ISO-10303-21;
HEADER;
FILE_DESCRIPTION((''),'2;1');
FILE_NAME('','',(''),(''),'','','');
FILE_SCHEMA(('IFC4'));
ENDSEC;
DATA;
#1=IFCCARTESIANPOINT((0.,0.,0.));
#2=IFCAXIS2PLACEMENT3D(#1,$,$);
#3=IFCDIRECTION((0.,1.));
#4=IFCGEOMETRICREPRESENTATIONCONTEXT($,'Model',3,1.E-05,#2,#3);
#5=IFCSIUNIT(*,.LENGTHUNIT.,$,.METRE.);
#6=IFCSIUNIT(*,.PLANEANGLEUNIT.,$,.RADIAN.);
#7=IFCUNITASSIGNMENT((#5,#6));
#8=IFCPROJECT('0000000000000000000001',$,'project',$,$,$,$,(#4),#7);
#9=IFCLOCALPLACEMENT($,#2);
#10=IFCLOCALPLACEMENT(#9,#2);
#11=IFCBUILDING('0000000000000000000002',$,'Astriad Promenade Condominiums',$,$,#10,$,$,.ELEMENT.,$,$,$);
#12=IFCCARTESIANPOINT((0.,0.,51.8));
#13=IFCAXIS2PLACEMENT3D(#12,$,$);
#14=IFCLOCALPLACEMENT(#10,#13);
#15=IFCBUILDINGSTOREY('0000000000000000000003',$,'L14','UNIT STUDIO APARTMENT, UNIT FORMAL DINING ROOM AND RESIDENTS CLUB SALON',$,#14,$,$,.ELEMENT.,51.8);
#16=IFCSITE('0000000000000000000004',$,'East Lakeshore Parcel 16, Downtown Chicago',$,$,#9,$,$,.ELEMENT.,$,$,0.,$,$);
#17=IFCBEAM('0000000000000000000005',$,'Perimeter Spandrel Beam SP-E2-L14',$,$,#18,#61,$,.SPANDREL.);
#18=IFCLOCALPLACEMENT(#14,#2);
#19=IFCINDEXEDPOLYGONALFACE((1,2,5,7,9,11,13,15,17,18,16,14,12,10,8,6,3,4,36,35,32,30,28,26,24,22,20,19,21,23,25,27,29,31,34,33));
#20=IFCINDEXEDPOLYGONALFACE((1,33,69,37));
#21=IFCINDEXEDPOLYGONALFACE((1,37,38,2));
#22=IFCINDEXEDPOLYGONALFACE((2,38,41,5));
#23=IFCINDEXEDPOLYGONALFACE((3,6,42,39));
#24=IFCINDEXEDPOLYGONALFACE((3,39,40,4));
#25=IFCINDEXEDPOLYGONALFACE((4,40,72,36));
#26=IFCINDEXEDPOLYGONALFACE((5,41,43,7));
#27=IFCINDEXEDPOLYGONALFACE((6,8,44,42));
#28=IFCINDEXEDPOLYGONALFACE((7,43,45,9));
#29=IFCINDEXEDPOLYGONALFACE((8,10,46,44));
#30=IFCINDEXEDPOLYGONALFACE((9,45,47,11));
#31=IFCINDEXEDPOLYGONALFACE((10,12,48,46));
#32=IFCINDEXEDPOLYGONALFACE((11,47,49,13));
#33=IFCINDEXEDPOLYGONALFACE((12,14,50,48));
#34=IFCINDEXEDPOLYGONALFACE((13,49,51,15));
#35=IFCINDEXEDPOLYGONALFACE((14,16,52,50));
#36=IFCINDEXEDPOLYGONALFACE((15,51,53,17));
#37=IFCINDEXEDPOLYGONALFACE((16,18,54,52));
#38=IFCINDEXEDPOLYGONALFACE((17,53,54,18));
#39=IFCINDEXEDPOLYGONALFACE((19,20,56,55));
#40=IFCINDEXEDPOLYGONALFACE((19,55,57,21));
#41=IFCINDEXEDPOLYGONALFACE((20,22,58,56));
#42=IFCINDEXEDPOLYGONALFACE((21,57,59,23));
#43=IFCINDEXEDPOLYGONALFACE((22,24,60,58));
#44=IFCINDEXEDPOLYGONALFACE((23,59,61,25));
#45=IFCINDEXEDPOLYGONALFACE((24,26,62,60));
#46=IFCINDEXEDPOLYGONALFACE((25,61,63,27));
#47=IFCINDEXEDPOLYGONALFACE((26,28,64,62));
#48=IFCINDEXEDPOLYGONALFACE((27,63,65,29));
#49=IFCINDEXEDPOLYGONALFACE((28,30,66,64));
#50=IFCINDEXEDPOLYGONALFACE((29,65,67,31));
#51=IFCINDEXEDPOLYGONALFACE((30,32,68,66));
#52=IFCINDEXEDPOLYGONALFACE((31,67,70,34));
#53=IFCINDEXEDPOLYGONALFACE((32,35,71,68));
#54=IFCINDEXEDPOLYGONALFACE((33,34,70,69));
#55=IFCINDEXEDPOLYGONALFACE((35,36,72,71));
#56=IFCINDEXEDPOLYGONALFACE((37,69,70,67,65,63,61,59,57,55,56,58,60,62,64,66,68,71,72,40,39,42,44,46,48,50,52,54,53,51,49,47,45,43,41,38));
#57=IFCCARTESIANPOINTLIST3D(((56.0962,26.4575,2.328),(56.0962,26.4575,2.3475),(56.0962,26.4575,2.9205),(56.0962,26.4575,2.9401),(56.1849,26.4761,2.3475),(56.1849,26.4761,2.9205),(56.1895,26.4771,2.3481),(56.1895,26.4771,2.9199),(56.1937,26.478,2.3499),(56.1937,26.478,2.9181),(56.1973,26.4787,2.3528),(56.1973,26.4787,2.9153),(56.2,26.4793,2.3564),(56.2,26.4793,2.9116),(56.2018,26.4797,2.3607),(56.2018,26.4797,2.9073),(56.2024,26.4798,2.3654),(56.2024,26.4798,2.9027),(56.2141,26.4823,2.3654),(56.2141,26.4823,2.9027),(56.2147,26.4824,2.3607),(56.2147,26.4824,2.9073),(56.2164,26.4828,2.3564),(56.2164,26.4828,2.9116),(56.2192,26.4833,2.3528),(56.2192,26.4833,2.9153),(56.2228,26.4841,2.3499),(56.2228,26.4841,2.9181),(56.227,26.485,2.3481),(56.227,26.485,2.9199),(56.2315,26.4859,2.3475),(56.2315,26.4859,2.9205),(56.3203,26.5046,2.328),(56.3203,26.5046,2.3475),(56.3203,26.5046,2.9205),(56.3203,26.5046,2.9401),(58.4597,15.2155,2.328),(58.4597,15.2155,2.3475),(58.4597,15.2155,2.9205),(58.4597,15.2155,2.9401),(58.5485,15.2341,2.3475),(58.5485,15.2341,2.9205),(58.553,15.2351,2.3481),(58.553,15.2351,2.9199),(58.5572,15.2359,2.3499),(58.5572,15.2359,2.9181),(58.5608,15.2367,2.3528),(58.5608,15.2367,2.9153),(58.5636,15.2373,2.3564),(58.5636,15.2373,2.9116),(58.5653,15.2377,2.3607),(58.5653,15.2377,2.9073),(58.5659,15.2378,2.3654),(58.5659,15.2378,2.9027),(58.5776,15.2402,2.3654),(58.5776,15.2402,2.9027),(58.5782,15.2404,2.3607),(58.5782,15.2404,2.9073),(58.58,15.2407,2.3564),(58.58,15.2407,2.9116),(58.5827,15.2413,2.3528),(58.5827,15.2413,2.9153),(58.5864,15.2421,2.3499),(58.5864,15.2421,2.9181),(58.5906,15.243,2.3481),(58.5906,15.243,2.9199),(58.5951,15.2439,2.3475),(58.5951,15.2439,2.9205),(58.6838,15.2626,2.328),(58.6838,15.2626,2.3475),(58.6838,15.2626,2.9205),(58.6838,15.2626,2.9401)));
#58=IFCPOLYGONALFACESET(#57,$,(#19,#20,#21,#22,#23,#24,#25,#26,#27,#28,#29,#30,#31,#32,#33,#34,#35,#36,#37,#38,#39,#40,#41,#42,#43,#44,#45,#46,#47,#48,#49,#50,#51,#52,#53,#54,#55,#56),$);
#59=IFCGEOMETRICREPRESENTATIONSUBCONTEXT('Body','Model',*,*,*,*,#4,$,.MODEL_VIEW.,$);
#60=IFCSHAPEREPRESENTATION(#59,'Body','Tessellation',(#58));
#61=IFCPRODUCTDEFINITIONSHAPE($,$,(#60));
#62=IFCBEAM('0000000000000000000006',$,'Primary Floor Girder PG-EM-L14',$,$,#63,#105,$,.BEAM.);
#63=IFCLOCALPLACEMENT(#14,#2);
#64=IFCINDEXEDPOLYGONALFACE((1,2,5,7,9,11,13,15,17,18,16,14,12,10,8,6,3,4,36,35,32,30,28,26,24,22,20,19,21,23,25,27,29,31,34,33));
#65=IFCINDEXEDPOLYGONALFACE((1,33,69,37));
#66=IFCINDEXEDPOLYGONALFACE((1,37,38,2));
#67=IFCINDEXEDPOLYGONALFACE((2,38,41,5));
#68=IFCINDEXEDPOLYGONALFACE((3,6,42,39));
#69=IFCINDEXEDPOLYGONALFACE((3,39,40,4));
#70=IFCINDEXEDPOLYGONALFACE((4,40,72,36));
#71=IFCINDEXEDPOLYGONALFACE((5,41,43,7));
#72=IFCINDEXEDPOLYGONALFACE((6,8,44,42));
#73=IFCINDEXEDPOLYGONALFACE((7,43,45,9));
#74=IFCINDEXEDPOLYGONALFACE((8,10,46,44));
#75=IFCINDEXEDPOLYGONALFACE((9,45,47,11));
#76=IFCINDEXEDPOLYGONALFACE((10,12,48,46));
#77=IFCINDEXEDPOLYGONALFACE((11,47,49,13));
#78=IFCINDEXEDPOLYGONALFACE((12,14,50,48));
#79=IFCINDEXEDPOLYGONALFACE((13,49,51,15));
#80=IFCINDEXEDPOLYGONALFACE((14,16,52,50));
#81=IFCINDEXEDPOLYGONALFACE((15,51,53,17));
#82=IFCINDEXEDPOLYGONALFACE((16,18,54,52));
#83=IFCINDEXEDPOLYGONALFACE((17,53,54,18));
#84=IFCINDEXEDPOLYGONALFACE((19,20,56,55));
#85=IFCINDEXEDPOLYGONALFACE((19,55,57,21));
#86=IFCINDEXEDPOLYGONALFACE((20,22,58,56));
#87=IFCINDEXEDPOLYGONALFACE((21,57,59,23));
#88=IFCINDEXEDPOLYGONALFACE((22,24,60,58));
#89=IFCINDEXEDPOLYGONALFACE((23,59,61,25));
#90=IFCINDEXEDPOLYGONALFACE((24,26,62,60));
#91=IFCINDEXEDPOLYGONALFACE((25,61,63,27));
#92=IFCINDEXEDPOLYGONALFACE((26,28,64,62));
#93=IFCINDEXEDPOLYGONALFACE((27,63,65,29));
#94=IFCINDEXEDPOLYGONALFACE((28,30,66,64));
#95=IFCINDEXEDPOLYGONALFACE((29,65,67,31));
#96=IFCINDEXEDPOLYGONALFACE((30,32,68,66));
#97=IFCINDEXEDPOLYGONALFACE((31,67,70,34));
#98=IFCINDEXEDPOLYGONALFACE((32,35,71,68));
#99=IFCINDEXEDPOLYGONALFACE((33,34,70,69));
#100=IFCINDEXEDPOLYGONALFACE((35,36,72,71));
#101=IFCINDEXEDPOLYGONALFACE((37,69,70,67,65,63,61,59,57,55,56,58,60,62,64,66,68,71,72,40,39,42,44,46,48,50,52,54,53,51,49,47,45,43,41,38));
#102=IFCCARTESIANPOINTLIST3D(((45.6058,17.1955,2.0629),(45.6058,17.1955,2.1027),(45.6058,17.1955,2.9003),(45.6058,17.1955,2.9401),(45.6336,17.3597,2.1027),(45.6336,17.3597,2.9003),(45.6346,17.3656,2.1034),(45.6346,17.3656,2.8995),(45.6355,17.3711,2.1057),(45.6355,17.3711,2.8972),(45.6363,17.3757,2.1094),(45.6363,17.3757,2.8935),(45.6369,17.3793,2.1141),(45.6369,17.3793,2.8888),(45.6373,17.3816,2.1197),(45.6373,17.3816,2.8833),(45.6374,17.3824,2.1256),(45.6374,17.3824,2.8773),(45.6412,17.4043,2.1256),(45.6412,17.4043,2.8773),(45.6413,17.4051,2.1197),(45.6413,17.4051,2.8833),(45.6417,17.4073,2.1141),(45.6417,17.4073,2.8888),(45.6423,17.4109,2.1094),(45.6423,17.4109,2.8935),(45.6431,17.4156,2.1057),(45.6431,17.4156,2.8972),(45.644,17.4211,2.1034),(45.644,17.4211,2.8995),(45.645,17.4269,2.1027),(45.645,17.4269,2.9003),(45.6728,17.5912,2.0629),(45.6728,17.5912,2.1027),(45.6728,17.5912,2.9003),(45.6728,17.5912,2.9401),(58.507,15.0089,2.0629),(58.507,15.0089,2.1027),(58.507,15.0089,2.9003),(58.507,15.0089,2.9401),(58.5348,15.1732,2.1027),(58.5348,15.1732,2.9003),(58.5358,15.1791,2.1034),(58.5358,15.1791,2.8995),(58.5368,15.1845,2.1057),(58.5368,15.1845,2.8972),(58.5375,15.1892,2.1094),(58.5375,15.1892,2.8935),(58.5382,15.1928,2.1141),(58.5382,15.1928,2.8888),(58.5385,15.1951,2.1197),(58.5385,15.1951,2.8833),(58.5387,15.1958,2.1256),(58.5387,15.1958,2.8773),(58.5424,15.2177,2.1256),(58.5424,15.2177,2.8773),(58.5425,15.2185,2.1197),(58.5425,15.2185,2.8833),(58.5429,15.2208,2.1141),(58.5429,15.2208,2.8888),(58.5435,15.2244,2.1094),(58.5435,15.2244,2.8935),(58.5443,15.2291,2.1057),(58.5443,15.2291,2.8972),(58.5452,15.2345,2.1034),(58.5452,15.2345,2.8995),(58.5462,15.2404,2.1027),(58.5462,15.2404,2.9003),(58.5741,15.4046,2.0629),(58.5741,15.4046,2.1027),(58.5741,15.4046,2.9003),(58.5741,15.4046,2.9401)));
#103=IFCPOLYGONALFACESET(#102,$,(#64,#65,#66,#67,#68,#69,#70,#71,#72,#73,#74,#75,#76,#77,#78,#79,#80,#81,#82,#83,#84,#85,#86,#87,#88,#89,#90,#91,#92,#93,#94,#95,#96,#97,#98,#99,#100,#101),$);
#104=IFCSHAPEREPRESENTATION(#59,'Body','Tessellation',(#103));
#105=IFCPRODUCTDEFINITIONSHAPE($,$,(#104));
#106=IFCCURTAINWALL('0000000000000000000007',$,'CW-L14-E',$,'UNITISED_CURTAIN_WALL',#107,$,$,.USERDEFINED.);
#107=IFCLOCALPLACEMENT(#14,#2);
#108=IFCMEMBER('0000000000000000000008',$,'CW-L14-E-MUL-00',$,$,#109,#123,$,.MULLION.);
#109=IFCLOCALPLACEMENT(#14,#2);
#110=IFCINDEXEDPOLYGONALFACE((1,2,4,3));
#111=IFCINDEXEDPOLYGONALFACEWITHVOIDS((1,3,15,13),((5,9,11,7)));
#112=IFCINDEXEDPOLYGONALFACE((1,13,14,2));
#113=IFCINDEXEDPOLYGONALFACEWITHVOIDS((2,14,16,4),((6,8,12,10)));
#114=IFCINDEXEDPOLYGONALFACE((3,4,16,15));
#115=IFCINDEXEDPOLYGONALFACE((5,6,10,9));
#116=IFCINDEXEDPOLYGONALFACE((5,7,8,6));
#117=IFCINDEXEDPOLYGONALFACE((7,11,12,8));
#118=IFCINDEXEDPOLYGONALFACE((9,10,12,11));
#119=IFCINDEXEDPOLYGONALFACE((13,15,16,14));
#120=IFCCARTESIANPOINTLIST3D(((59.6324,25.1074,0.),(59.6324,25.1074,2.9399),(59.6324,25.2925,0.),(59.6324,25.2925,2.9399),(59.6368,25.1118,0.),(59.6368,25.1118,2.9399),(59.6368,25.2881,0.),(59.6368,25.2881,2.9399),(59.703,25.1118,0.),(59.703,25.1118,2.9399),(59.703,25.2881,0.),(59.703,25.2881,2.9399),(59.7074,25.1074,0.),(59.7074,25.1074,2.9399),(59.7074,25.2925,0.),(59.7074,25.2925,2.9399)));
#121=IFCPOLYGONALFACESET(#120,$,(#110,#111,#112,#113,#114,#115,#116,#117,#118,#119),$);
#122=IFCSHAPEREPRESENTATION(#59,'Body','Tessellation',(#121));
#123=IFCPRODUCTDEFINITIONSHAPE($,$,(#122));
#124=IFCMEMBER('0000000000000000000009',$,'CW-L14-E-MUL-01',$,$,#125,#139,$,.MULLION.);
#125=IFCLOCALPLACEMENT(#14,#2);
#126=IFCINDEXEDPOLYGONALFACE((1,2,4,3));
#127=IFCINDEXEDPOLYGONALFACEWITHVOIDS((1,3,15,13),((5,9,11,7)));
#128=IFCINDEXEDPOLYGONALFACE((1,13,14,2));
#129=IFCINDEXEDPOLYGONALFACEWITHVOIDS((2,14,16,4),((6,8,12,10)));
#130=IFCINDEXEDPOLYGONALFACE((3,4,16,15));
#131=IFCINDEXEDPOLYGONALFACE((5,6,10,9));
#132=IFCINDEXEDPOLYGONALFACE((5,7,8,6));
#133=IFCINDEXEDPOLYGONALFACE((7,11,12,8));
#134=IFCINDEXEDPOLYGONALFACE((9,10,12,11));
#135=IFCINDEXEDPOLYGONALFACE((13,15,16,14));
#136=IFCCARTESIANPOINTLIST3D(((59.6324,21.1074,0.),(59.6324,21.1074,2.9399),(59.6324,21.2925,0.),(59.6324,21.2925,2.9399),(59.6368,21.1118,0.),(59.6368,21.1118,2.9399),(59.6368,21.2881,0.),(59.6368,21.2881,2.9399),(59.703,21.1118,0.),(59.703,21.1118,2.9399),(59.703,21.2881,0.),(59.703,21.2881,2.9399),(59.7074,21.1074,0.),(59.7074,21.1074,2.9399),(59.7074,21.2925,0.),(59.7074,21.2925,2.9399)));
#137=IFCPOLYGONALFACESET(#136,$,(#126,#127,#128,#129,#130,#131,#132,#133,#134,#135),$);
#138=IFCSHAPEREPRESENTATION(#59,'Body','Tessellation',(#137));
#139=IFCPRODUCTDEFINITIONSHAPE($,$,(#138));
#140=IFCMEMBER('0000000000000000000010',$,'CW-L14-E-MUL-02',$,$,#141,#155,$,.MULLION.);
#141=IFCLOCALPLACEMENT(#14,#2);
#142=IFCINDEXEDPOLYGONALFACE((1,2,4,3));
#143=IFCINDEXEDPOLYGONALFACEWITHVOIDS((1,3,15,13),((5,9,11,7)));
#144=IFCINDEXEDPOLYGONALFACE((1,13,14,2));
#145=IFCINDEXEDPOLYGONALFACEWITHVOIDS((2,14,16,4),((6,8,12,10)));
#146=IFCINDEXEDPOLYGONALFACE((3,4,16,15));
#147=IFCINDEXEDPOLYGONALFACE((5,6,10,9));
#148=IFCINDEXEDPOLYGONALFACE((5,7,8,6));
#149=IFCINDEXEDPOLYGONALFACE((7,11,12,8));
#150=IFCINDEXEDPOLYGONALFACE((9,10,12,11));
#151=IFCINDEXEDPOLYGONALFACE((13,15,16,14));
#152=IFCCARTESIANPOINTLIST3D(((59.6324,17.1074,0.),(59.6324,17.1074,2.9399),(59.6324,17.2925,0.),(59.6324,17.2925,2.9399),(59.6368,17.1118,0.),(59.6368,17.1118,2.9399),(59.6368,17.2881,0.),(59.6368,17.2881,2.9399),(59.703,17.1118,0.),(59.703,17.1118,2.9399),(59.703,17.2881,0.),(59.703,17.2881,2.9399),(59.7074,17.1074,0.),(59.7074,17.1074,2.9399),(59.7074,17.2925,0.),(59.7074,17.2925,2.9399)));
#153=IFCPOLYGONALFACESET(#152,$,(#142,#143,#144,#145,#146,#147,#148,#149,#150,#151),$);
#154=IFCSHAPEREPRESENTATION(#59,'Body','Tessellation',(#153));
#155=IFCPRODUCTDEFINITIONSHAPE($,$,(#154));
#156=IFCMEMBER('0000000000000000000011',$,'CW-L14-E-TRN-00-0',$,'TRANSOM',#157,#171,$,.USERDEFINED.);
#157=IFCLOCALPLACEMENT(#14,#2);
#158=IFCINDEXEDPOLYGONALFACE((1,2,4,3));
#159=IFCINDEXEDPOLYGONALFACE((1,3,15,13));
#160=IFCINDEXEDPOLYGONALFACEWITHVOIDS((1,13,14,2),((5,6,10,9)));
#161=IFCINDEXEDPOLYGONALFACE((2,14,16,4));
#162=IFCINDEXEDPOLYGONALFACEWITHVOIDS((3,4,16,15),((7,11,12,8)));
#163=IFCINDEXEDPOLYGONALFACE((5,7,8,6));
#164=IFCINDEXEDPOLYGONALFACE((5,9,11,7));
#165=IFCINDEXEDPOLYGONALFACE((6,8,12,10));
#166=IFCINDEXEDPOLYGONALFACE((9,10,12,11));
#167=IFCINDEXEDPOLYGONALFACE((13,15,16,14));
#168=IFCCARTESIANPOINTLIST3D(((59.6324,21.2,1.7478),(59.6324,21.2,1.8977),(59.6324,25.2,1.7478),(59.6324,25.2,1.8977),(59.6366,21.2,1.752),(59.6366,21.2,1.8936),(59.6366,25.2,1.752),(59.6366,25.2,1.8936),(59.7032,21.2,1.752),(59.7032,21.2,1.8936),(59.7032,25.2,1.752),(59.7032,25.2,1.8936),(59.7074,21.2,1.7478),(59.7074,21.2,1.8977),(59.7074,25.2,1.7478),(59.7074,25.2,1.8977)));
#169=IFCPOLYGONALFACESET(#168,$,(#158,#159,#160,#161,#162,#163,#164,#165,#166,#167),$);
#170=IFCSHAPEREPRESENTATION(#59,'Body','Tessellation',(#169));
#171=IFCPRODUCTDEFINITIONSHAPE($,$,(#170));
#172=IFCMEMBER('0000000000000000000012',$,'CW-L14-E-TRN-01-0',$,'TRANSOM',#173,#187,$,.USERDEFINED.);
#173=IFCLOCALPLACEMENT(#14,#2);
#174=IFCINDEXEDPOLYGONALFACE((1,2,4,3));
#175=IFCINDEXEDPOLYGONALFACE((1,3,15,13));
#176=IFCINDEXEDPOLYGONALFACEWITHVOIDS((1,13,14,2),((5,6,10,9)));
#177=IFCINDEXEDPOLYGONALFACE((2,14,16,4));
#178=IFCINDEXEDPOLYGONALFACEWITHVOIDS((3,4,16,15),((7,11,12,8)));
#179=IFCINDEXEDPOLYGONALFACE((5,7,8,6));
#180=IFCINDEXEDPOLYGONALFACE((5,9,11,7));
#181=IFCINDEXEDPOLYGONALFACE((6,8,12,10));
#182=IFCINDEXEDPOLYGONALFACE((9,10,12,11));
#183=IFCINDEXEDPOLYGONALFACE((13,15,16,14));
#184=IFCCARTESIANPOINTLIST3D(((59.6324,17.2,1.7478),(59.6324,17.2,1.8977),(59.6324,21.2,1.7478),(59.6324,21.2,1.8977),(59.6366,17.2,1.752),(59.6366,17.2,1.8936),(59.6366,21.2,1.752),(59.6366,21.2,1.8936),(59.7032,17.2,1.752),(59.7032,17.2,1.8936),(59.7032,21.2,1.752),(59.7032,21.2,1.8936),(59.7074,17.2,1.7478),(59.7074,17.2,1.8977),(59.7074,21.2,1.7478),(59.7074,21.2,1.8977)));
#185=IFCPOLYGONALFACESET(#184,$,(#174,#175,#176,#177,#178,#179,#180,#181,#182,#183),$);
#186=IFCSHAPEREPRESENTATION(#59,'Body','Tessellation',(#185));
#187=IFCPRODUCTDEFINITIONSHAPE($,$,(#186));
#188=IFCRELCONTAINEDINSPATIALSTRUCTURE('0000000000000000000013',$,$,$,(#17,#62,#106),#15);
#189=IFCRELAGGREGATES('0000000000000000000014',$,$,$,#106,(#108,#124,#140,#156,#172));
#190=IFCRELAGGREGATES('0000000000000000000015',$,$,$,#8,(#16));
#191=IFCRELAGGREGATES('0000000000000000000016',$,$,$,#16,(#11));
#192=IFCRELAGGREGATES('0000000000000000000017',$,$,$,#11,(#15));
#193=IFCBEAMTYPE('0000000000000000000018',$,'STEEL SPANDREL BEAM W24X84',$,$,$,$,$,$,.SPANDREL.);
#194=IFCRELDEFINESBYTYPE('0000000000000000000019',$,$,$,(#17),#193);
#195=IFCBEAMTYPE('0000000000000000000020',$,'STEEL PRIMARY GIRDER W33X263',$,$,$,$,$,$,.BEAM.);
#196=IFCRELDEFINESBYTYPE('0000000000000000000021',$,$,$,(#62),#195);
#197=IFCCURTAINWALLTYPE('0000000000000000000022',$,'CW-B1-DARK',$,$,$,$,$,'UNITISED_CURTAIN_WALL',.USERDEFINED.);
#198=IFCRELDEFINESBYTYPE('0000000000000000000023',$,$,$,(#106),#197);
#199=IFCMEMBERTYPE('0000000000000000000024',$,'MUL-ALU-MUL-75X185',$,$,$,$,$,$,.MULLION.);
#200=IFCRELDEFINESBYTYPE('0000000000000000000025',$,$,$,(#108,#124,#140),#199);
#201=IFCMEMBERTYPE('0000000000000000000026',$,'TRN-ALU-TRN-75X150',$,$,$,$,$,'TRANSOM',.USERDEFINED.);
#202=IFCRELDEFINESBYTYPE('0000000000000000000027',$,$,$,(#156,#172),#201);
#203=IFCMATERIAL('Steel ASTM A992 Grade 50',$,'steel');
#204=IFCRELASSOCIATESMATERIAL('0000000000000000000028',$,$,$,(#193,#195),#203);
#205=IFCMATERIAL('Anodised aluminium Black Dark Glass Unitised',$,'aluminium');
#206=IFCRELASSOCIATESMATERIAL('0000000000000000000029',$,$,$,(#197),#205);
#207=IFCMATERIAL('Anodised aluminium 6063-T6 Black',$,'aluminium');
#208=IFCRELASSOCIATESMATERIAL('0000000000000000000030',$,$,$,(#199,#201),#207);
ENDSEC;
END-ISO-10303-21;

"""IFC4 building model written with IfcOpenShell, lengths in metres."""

from ifc_helpers import new_model, si_unit, direction, frame, origin, origin_2d, place, context, subcontext, project, spatial, hollow_rectangle, i_section, extrude, source, transform, mapped, material, material_profile, profile_set, type_object, type_shapes, element, aggregate, save


model = new_model("IFC4")

# Units and contexts
model_context = context("Model", 3, precision=1e-05, world=origin(), true_north=direction((0.0, 1.0)))
body_context = subcontext(model_context, "Body", "Model", "MODEL_VIEW")
ifc_project = project(units=[si_unit("LENGTHUNIT", "METRE"), si_unit("PLANEANGLEUNIT", "RADIAN")], contexts=[model_context])

# Site, building, storey
site_placement = place(None, origin())
site = spatial("IfcSite", under=ifc_project, at=site_placement, Name="East Lakeshore Parcel 16, Downtown Chicago", CompositionType="ELEMENT", RefElevation=0.0)
building_placement = place(site_placement, origin())
building = spatial("IfcBuilding", under=site, at=building_placement, Name="Astriad Promenade Condominiums", CompositionType="ELEMENT")
storey_placement = place(building_placement, frame((0.0, 0.0, 51.8)))
storey = spatial("IfcBuildingStorey", under=building, at=storey_placement, Name="L14", Description="UNIT STUDIO APARTMENT, UNIT FORMAL DINING ROOM AND RESIDENTS CLUB SALON", CompositionType="ELEMENT", Elevation=51.8)

# Beams
ifc_material_1 = material(Name="Steel ASTM A992 Grade 50", Category="steel")
ifc_material_profile_1 = material_profile(ifc_material_1, i_section(OverallWidth=0.229, OverallDepth=0.6121, WebThickness=0.012, FlangeThickness=0.0195, FilletRadius=0.0178, at=origin_2d()), Name="W24X84")
ifc_profile_set_1 = profile_set([ifc_material_profile_1], Name="Steel ASTM A992 Grade 50")
beam_type_1 = type_object("IfcBeamType", Name="STEEL SPANDREL BEAM W24X84", PredefinedType="SPANDREL", material=ifc_profile_set_1)
shared_shape_1 = source(origin(), body_context, "Body", "SweptSolid", [
    extrude(i_section(OverallWidth=0.229, OverallDepth=0.6121, WebThickness=0.012, FlangeThickness=0.0195, FilletRadius=0.0178, at=origin_2d()), origin(), (0.0, 0.0, 1.0), 11.4878),
])
type_shapes(beam_type_1, [shared_shape_1])
beam_1_placement = place(storey_placement, frame((58.5718, 15.239, 2.634), z_axis=(-0.205744, 0.978606, 0.0), x_axis=(-0.978606, -0.205744, 0.0)))
element("IfcBeam", 1, at=beam_1_placement, inside=storey, type_object=beam_type_1, Name="Perimeter Spandrel Beam SP-E2-L14", PredefinedType="SPANDREL", context=body_context, shape_type="MappedRepresentation", body=[
    mapped(shared_shape_1, transform((0.0, 0.0, 0.0), scale=1.0)),
])
ifc_material_profile_2 = material_profile(ifc_material_1, i_section(OverallWidth=0.4014, OverallDepth=0.8772, WebThickness=0.0222, FlangeThickness=0.0398, FilletRadius=0.0229, at=origin_2d()), Name="W33X263")
ifc_profile_set_2 = profile_set([ifc_material_profile_2], Name="Steel ASTM A992 Grade 50")
beam_type_2 = type_object("IfcBeamType", Name="STEEL PRIMARY GIRDER W33X263", PredefinedType="BEAM", material=ifc_profile_set_2)
shared_shape_2 = source(origin(), body_context, "Body", "SweptSolid", [
    extrude(i_section(OverallWidth=0.4014, OverallDepth=0.8772, WebThickness=0.0222, FlangeThickness=0.0398, FilletRadius=0.0229, at=origin_2d()), origin(), (0.0, 0.0, 1.0), 13.0852),
])
type_shapes(beam_type_2, [shared_shape_2])
beam_2_placement = place(storey_placement, frame((58.5405, 15.2068, 2.5015), z_axis=(-0.98594, 0.1671, 0.0), x_axis=(-0.1671, -0.98594, 0.0)))
element("IfcBeam", 2, at=beam_2_placement, inside=storey, type_object=beam_type_2, Name="Primary Floor Girder PG-EM-L14", PredefinedType="BEAM", context=body_context, shape_type="MappedRepresentation", body=[
    mapped(shared_shape_2, transform((0.0, 0.0, 0.0), scale=1.0)),
])

# Curtain wall, members
ifc_material_2 = material(Name="Anodised aluminium Black Dark Glass Unitised", Category="aluminium")
curtain_wall_type = type_object("IfcCurtainWallType", Name="CW-B1-DARK", ElementType="UNITISED_CURTAIN_WALL", PredefinedType="USERDEFINED", material=ifc_material_2)
curtain_wall_placement = place(storey_placement, origin())
curtain_wall = element("IfcCurtainWall", 3, at=curtain_wall_placement, inside=storey, type_object=curtain_wall_type, Name="CW-L14-E", ObjectType="UNITISED_CURTAIN_WALL", PredefinedType="USERDEFINED")
ifc_material_3 = material(Name="Anodised aluminium 6063-T6 Black", Category="aluminium")
ifc_material_profile_3 = material_profile(ifc_material_3, hollow_rectangle(XDim=0.075, YDim=0.1851, WallThickness=0.0044, at=origin_2d()), Name="ALU-MUL-75X185")
ifc_profile_set_3 = profile_set([ifc_material_profile_3], Name="Anodised aluminium 6063-T6 Black")
member_type_1 = type_object("IfcMemberType", Name="MUL-ALU-MUL-75X185", PredefinedType="MULLION", material=ifc_profile_set_3)
shared_shape_3 = source(origin(), body_context, "Body", "SweptSolid", [
    extrude(hollow_rectangle(XDim=0.075, YDim=0.1851, WallThickness=0.0044, at=origin_2d()), origin(), (0.0, 0.0, 1.0), 2.9399),
])
type_shapes(member_type_1, [shared_shape_3])
member_1_placement = place(storey_placement, frame((59.6699, 25.2, 0.0), z_axis=(0.0, 0.0, 1.0), x_axis=(1.0, 0.0, 0.0)))
member_1 = element("IfcMember", 4, at=member_1_placement, type_object=member_type_1, Name="CW-L14-E-MUL-00", PredefinedType="MULLION", context=body_context, shape_type="MappedRepresentation", body=[
    mapped(shared_shape_3, transform((0.0, 0.0, 0.0), scale=1.0)),
])
member_2_placement = place(storey_placement, frame((59.6699, 21.2, 0.0), z_axis=(0.0, 0.0, 1.0), x_axis=(1.0, 0.0, 0.0)))
member_2 = element("IfcMember", 5, at=member_2_placement, type_object=member_type_1, Name="CW-L14-E-MUL-01", PredefinedType="MULLION", context=body_context, shape_type="MappedRepresentation", body=[
    mapped(shared_shape_3, transform((0.0, 0.0, 0.0), scale=1.0)),
])
member_3_placement = place(storey_placement, frame((59.6699, 17.2, 0.0), z_axis=(0.0, 0.0, 1.0), x_axis=(1.0, 0.0, 0.0)))
member_3 = element("IfcMember", 6, at=member_3_placement, type_object=member_type_1, Name="CW-L14-E-MUL-02", PredefinedType="MULLION", context=body_context, shape_type="MappedRepresentation", body=[
    mapped(shared_shape_3, transform((0.0, 0.0, 0.0), scale=1.0)),
])
ifc_material_profile_4 = material_profile(ifc_material_3, hollow_rectangle(XDim=0.075, YDim=0.1499, WallThickness=0.0042, at=origin_2d()), Name="ALU-TRN-75X150")
ifc_profile_set_4 = profile_set([ifc_material_profile_4], Name="Anodised aluminium 6063-T6 Black")
member_type_2 = type_object("IfcMemberType", Name="TRN-ALU-TRN-75X150", ElementType="TRANSOM", PredefinedType="USERDEFINED", material=ifc_profile_set_4)
shared_shape_4 = source(origin(), body_context, "Body", "SweptSolid", [
    extrude(hollow_rectangle(XDim=0.075, YDim=0.1499, WallThickness=0.0042, at=origin_2d()), origin(), (0.0, 0.0, 1.0), 4.0),
])
type_shapes(member_type_2, [shared_shape_4])
member_4_placement = place(storey_placement, frame((59.6699, 25.2, 1.8228), z_axis=(0.0, -1.0, 0.0), x_axis=(1.0, 0.0, 0.0)))
member_4 = element("IfcMember", 7, at=member_4_placement, type_object=member_type_2, Name="CW-L14-E-TRN-00-0", ObjectType="TRANSOM", PredefinedType="USERDEFINED", context=body_context, shape_type="MappedRepresentation", body=[
    mapped(shared_shape_4, transform((0.0, 0.0, 0.0), scale=1.0)),
])
member_5_placement = place(storey_placement, frame((59.6699, 21.2, 1.8228), z_axis=(0.0, -1.0, 0.0), x_axis=(1.0, 0.0, 0.0)))
member_5 = element("IfcMember", 8, at=member_5_placement, type_object=member_type_2, Name="CW-L14-E-TRN-01-0", ObjectType="TRANSOM", PredefinedType="USERDEFINED", context=body_context, shape_type="MappedRepresentation", body=[
    mapped(shared_shape_4, transform((0.0, 0.0, 0.0), scale=1.0)),
])
aggregate(curtain_wall, [member_1, member_2, member_3, member_4, member_5])

save(model, "model.ifc")
